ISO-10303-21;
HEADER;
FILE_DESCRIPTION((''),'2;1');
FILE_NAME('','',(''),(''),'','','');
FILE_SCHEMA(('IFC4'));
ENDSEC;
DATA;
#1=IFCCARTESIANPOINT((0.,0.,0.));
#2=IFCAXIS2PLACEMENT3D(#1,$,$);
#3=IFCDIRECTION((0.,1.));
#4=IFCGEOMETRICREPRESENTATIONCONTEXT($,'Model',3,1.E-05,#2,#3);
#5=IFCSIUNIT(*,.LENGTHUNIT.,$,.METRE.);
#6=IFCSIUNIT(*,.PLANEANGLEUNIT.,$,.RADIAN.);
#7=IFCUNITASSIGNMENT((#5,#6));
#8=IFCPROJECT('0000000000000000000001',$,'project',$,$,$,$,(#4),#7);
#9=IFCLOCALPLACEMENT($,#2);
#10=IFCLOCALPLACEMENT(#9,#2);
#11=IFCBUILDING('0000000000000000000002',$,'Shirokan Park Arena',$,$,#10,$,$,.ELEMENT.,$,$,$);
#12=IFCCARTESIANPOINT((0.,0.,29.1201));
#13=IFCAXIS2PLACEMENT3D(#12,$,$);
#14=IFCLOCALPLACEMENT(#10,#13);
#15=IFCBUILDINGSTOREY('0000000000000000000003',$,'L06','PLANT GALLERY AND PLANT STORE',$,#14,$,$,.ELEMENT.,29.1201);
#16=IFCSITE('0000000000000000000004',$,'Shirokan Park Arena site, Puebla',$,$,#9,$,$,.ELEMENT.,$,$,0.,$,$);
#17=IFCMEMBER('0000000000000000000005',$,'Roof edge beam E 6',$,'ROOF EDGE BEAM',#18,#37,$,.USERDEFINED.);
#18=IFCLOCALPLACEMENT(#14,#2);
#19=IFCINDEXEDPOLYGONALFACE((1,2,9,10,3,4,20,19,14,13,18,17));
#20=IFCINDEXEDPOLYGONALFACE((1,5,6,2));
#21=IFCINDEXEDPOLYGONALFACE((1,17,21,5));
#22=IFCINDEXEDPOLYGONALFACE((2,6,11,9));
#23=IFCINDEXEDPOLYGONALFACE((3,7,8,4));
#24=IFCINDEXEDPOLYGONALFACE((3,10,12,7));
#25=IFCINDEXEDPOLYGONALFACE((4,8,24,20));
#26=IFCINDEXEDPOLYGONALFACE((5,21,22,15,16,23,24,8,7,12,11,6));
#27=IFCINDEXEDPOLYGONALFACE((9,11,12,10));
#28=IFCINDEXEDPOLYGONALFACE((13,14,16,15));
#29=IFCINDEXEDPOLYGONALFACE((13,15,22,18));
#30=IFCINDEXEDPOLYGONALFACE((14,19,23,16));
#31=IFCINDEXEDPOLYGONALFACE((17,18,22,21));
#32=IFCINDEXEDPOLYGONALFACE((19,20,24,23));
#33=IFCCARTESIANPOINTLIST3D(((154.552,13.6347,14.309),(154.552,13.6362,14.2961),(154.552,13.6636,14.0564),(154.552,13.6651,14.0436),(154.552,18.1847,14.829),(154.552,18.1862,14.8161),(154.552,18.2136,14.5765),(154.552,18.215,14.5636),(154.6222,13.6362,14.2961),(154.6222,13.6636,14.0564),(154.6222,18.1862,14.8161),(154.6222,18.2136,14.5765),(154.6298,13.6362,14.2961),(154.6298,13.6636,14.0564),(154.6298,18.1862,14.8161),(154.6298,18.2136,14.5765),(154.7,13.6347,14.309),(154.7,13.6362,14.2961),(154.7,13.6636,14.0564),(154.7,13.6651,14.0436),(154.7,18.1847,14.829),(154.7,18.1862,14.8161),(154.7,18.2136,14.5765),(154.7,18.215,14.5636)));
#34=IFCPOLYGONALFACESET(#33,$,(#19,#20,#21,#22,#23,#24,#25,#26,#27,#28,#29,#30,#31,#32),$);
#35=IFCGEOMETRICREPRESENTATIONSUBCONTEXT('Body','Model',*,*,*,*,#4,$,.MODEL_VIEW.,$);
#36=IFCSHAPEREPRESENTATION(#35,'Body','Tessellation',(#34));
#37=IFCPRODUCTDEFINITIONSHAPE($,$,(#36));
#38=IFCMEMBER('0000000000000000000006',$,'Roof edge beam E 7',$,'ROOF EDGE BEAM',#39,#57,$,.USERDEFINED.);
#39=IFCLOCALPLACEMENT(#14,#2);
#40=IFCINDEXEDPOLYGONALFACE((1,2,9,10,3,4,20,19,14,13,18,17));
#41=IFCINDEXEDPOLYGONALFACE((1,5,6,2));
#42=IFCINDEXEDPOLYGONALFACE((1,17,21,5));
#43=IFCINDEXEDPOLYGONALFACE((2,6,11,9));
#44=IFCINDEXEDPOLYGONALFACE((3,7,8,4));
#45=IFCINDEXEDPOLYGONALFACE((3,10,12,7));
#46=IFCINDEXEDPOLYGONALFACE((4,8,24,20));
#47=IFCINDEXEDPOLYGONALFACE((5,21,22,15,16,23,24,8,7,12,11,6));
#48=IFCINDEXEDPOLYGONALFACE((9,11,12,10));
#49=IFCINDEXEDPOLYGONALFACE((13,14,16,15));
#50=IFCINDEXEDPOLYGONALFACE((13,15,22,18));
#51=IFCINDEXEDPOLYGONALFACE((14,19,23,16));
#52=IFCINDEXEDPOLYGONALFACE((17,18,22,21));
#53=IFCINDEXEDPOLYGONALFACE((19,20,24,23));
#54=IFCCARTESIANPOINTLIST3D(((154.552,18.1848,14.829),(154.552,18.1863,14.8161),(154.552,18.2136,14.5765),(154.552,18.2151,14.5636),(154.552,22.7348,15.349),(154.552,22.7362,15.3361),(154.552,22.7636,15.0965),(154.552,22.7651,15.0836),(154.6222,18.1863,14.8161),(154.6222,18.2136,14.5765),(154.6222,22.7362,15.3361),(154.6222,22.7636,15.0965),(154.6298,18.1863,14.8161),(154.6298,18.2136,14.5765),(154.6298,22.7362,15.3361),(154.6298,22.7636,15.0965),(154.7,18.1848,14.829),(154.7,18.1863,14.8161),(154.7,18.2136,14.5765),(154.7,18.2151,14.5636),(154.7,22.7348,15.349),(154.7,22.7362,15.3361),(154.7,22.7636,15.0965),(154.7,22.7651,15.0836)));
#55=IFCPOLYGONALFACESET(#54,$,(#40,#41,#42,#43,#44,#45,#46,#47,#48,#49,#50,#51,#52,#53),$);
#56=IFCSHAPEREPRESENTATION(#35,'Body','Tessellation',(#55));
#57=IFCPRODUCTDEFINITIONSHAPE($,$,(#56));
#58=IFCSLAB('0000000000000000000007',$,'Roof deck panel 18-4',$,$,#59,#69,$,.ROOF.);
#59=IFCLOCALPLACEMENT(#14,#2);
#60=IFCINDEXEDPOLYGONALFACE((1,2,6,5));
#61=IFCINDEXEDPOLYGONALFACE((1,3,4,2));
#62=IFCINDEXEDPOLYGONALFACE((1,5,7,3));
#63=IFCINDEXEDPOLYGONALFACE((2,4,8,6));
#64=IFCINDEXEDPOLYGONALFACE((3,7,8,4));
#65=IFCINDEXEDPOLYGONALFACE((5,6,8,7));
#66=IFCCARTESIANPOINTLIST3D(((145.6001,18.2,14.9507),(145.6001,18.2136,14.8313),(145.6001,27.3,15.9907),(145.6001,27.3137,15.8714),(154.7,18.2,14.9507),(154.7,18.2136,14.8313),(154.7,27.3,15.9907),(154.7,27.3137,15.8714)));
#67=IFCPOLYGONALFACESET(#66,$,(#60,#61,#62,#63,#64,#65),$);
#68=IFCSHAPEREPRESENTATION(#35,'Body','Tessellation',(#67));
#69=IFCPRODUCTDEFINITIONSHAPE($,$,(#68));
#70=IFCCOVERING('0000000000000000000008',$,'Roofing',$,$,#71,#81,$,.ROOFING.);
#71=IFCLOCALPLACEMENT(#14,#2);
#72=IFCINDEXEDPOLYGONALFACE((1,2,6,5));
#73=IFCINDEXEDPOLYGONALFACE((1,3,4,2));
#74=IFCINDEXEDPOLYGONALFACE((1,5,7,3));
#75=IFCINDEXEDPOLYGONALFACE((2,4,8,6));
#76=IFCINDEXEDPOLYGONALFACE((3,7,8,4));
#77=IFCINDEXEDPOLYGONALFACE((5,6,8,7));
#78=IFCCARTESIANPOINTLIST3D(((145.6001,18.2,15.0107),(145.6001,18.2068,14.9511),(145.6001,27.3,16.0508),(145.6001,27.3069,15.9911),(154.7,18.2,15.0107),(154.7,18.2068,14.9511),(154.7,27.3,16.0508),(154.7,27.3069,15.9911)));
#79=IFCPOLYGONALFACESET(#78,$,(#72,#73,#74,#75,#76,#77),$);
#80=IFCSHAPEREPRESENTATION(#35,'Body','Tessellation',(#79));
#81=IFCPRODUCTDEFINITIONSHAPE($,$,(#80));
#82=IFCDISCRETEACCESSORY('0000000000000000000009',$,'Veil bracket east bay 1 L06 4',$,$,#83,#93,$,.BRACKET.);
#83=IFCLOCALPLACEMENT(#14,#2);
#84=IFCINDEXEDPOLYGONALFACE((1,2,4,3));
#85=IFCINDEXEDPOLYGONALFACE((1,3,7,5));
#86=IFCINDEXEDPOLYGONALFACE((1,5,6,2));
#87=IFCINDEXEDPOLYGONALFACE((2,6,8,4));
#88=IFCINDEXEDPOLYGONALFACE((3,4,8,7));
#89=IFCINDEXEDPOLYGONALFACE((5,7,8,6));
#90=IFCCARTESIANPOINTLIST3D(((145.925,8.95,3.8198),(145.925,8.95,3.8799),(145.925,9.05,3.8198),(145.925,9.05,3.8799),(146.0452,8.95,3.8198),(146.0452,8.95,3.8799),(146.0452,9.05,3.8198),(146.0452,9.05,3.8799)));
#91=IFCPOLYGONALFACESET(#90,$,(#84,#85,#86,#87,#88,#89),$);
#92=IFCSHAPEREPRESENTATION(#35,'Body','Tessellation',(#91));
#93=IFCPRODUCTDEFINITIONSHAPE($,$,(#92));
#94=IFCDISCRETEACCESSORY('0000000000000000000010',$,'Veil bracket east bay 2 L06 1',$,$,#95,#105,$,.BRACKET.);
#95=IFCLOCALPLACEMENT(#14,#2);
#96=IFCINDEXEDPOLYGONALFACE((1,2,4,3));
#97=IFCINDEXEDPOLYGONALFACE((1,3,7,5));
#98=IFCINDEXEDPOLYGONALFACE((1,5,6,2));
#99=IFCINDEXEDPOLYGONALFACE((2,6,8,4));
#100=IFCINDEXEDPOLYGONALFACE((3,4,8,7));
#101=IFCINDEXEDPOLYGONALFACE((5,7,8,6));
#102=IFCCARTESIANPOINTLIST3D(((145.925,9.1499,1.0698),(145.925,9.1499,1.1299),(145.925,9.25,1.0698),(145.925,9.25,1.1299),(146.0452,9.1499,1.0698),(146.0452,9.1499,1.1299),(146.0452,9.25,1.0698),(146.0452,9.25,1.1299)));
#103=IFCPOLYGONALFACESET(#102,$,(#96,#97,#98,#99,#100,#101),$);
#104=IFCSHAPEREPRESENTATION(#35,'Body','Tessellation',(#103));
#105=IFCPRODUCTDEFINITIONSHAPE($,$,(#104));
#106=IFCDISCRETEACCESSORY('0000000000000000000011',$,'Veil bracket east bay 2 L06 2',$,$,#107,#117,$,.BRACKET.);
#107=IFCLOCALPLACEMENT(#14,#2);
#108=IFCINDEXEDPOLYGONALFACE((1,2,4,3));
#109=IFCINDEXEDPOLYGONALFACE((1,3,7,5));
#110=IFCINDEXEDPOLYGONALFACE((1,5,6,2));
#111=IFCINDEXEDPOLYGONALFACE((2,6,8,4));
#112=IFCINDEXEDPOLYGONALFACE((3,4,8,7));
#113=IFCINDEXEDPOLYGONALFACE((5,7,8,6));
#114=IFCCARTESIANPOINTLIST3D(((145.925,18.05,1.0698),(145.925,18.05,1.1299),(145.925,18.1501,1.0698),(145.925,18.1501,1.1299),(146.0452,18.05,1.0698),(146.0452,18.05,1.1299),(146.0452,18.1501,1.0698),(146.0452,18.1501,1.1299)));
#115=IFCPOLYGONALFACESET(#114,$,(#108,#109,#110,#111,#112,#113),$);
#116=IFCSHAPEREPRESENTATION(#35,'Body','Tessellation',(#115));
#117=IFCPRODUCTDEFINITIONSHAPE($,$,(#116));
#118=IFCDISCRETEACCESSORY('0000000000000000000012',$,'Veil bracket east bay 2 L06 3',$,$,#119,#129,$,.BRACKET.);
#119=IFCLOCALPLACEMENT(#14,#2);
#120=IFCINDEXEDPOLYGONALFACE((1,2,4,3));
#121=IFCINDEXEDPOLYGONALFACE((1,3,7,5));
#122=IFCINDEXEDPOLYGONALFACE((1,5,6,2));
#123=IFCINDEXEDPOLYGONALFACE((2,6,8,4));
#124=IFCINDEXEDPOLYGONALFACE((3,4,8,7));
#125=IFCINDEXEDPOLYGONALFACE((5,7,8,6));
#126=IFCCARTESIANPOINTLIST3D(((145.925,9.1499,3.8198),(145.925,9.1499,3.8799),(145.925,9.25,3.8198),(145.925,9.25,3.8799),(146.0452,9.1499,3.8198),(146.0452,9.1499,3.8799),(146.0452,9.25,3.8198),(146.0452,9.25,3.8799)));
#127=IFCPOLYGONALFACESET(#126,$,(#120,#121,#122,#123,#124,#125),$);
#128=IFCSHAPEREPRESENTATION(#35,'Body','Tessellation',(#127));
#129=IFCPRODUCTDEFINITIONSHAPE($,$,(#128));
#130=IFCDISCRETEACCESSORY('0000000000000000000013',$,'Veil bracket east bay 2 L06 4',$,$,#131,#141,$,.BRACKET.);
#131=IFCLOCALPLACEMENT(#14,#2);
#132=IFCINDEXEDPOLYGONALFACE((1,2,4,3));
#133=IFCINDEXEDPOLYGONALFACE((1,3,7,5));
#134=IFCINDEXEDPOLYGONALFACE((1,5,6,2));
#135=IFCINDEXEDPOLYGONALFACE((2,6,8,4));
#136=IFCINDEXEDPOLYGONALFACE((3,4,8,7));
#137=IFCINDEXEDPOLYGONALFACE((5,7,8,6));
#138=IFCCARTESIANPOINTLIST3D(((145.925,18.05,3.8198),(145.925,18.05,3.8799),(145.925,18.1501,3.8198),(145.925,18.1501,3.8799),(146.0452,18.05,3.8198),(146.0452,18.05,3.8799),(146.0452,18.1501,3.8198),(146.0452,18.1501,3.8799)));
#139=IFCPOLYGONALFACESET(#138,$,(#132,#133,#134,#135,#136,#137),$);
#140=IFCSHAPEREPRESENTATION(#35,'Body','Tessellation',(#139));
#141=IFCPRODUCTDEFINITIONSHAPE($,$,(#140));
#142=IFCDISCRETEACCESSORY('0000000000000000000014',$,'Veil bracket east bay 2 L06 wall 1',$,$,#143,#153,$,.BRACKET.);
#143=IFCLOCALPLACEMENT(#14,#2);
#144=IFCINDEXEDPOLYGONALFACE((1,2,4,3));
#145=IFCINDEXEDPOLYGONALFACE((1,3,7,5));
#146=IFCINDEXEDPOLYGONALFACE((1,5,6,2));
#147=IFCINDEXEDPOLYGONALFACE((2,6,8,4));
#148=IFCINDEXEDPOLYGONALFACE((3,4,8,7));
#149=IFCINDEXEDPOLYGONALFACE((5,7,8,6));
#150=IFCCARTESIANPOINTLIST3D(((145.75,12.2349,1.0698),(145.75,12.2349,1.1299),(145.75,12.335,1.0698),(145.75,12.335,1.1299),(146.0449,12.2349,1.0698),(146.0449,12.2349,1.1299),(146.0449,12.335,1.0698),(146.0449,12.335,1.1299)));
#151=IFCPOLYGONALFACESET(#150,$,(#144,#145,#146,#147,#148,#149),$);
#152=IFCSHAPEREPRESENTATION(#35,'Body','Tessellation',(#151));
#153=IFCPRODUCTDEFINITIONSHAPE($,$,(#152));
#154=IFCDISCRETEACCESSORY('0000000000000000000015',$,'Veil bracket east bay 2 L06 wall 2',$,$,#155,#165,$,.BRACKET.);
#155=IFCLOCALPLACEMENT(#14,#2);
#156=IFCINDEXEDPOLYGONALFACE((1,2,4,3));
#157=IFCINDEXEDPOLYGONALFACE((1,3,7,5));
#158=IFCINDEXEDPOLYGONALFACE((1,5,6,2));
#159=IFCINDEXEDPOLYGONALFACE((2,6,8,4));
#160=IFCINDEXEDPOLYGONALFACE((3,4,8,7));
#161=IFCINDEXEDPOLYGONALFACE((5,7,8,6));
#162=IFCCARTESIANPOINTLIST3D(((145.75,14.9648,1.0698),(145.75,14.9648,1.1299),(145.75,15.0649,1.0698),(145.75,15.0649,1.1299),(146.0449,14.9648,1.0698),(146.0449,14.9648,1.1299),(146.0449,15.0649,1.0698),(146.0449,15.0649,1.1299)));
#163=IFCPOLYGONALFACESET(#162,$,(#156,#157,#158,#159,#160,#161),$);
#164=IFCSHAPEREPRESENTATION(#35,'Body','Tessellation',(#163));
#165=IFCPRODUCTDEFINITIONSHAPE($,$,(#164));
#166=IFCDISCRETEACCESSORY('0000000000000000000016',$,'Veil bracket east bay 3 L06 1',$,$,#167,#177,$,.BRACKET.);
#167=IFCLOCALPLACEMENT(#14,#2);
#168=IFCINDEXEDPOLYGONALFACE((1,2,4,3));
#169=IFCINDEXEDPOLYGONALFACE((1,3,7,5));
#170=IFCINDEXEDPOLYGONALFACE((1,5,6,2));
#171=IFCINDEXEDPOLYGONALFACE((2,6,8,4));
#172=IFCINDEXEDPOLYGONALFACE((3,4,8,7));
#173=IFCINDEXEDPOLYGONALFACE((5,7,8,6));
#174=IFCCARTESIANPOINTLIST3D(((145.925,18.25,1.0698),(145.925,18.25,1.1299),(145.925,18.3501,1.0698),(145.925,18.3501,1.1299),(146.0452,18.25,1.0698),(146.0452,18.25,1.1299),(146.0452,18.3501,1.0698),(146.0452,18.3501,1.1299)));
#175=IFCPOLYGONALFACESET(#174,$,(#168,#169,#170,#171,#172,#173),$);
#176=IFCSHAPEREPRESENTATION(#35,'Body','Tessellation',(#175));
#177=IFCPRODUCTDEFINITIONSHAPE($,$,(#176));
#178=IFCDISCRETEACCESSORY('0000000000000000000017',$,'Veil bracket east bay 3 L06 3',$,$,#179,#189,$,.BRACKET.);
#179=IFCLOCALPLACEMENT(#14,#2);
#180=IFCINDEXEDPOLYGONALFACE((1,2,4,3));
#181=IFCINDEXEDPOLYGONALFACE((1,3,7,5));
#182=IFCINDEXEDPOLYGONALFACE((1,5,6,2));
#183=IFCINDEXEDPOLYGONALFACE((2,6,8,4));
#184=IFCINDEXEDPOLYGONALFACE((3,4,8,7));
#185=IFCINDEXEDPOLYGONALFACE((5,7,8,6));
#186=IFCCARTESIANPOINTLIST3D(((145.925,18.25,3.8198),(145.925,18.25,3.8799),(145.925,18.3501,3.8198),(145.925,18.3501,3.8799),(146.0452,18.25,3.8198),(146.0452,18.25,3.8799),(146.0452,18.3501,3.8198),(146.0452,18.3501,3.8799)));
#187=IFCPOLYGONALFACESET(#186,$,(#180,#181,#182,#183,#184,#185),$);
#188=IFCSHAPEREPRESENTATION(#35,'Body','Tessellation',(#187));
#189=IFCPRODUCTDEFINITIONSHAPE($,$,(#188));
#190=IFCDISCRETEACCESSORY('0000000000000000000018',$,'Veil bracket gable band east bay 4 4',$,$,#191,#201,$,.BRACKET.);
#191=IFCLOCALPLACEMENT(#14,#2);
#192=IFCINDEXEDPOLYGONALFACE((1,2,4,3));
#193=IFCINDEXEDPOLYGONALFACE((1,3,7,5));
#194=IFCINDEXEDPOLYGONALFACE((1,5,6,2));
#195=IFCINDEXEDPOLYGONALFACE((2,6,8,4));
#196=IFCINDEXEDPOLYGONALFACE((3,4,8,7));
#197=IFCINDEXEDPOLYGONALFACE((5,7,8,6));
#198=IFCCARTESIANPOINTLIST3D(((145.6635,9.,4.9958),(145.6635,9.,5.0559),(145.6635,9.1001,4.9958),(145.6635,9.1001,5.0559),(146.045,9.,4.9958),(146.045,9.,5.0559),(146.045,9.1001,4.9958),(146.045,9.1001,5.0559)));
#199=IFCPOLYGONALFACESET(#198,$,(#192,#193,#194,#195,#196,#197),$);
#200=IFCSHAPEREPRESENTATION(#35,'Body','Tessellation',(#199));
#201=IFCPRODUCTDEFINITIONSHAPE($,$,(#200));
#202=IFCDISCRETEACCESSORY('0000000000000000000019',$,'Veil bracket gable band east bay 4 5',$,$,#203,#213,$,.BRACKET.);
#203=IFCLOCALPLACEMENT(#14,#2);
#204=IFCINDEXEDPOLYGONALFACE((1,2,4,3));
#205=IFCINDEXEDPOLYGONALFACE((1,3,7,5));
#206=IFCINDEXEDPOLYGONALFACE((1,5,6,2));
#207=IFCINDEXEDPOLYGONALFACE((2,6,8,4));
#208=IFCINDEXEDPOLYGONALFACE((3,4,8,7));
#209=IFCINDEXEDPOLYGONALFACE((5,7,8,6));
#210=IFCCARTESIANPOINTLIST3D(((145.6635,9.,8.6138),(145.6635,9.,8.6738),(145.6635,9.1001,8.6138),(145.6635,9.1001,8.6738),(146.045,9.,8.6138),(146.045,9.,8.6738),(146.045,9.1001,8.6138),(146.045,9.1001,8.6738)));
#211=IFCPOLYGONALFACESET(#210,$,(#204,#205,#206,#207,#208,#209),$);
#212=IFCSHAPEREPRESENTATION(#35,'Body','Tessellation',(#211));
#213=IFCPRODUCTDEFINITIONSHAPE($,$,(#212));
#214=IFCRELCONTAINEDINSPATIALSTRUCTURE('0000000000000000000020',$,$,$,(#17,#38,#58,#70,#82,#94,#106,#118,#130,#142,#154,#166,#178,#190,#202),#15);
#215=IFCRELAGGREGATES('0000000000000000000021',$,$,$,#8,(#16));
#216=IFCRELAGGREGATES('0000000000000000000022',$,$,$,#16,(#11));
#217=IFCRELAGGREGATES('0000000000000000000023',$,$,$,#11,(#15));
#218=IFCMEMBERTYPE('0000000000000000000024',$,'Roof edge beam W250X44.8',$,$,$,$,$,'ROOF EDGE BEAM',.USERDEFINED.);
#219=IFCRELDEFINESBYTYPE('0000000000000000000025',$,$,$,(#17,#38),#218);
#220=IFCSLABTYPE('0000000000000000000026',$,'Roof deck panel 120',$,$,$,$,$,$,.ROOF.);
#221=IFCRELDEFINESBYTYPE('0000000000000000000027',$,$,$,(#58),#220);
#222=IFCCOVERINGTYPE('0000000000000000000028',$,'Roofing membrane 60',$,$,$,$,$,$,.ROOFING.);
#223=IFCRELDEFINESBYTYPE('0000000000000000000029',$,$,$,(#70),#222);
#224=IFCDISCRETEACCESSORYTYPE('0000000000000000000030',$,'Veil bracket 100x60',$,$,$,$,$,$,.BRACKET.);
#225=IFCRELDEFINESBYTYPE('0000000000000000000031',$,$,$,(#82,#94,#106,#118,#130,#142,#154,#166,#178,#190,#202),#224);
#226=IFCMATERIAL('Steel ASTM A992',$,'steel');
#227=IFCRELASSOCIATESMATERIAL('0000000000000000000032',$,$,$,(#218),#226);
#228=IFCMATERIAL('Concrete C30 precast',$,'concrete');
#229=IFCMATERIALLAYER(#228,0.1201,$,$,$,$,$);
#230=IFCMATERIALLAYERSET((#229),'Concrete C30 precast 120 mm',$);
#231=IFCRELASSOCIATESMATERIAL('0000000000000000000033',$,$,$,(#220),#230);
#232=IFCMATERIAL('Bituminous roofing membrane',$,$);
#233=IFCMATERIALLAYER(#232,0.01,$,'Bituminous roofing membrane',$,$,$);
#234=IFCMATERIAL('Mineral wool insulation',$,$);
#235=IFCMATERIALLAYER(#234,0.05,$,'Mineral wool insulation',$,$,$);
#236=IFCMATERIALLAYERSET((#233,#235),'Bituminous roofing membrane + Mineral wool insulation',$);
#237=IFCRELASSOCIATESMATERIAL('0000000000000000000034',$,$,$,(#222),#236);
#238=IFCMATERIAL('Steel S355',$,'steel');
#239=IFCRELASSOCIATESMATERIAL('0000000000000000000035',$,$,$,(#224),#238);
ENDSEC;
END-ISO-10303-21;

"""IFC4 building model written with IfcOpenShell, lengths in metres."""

from ifc_helpers import new_model, si_unit, direction, frame, origin, origin_2d, place, context, subcontext, project, spatial, polyline, rectangle, i_section, outline, extrude, material, layer, layer_set, material_profile, profile_set, type_object, element, save


model = new_model("IFC4")

# Units and contexts
model_context = context("Model", 3, precision=1e-05, world=origin(), true_north=direction((0.0, 1.0)))
body_context = subcontext(model_context, "Body", "Model", "MODEL_VIEW")
ifc_project = project(units=[si_unit("LENGTHUNIT", "METRE"), si_unit("PLANEANGLEUNIT", "RADIAN")], contexts=[model_context])

# Site, building, storey
site_placement = place(None, origin())
site = spatial("IfcSite", under=ifc_project, at=site_placement, Name="Shirokan Park Arena site, Puebla", CompositionType="ELEMENT", RefElevation=0.0)
building_placement = place(site_placement, origin())
building = spatial("IfcBuilding", under=site, at=building_placement, Name="Shirokan Park Arena", CompositionType="ELEMENT")
storey_placement = place(building_placement, frame((0.0, 0.0, 29.1201)))
storey = spatial("IfcBuildingStorey", under=building, at=storey_placement, Name="L06", Description="PLANT GALLERY AND PLANT STORE", CompositionType="ELEMENT", Elevation=29.1201)

# Shared definitions
ifc_material_1 = material(Name="Steel ASTM A992", Category="steel")

# Members
ifc_material_profile_1 = material_profile(ifc_material_1, i_section(OverallWidth=0.1479, OverallDepth=0.2671, WebThickness=0.0076, FlangeThickness=0.0129, at=origin_2d()), Name="W250X44.8")
ifc_profile_set_1 = profile_set([ifc_material_profile_1], Name="Steel ASTM A992")
member_type_1 = type_object("IfcMemberType", Name="Roof edge beam W250X44.8", ElementType="ROOF EDGE BEAM", PredefinedType="USERDEFINED", material=ifc_profile_set_1)
for number, where, z_axis, x_axis, name in (
    (1, (154.626, 13.6499, 14.1763), (0.0, 0.993532, 0.11355), (-1.0, 0.0, 0.0), "Roof edge beam E 6"),
    (2, (154.626, 18.2, 14.6963), (0.0, 0.993532, 0.11355), (-1.0, 0.0, 0.0), "Roof edge beam E 7"),
):
    element("IfcMember", number, at=place(storey_placement, frame(where, z_axis=z_axis, x_axis=x_axis)), inside=storey, type_object=member_type_1, Name=name, ObjectType="ROOF EDGE BEAM", PredefinedType="USERDEFINED", context=body_context, shape_type="SweptSolid", body=[
        extrude(i_section(OverallWidth=0.1479, OverallDepth=0.2671, WebThickness=0.0076, FlangeThickness=0.0129, at=origin_2d()), origin(), (0.0, 0.0, 1.0), 4.5796),
    ])

# Slab
ifc_material_2 = material(Name="Concrete C30 precast", Category="concrete")
ifc_layer_1 = layer(ifc_material_2, 0.1201)
ifc_layer_set_1 = layer_set([ifc_layer_1], Name="Concrete C30 precast 120 mm")
slab_type = type_object("IfcSlabType", Name="Roof deck panel 120", PredefinedType="ROOF", material=ifc_layer_set_1)
slab_placement = place(storey_placement, frame((145.6001, 18.2, 14.9507), z_axis=(0.0, -0.11355, 0.993532), x_axis=(1.0, 0.0, 0.0)))
element("IfcSlab", 3, at=slab_placement, inside=storey, type_object=slab_type, Name="Roof deck panel 18-4", PredefinedType="ROOF", context=body_context, shape_type="SweptSolid", body=[
    extrude(outline(polyline([(0.0, 0.0), (9.0999, 0.0), (9.0999, 9.1593), (0.0, 9.1593), (0.0, 0.0)])), origin(), (0.0, 0.0, -1.0), 0.1201),
])

# Covering
ifc_material_3 = material(Name="Bituminous roofing membrane")
ifc_layer_2 = layer(ifc_material_3, 0.01, Name="Bituminous roofing membrane")
ifc_material_4 = material(Name="Mineral wool insulation")
ifc_layer_3 = layer(ifc_material_4, 0.05, Name="Mineral wool insulation")
ifc_layer_set_2 = layer_set([ifc_layer_2, ifc_layer_3], Name="Bituminous roofing membrane + Mineral wool insulation")
covering_type = type_object("IfcCoveringType", Name="Roofing membrane 60", PredefinedType="ROOFING", material=ifc_layer_set_2)
covering_placement = place(storey_placement, frame((145.6001, 18.2, 15.0107), z_axis=(0.0, -0.11355, 0.993532), x_axis=(1.0, 0.0, 0.0)))
element("IfcCovering", 4, at=covering_placement, inside=storey, type_object=covering_type, Name="Roofing", PredefinedType="ROOFING", context=body_context, shape_type="SweptSolid", body=[
    extrude(outline(polyline([(0.0, 0.0), (9.0999, 0.0), (9.0999, 9.1593), (0.0, 9.1593), (0.0, 0.0)])), origin(), (0.0, 0.0, -1.0), 0.0601),
])

# Discrete accessories
ifc_material_5 = material(Name="Steel S355", Category="steel")
discrete_accessory_type = type_object("IfcDiscreteAccessoryType", Name="Veil bracket 100x60", PredefinedType="BRACKET", material=ifc_material_5)
for number, where, z_axis, x_axis, name in (
    (5, (145.9851, 9.0, 3.8198), (0.0, 0.0, 1.0), (0.0, 1.0, 0.0), "Veil bracket east bay 1 L06 4"),
    (6, (145.9851, 9.2, 1.0698), (0.0, 0.0, 1.0), (0.0, 1.0, 0.0), "Veil bracket east bay 2 L06 1"),
    (7, (145.9851, 18.1001, 1.0698), (0.0, 0.0, 1.0), (0.0, 1.0, 0.0), "Veil bracket east bay 2 L06 2"),
    (8, (145.9851, 9.2, 3.8198), (0.0, 0.0, 1.0), (0.0, 1.0, 0.0), "Veil bracket east bay 2 L06 3"),
    (9, (145.9851, 18.1001, 3.8198), (0.0, 0.0, 1.0), (0.0, 1.0, 0.0), "Veil bracket east bay 2 L06 4"),
):
    element("IfcDiscreteAccessory", number, at=place(storey_placement, frame(where, z_axis=z_axis, x_axis=x_axis)), inside=storey, type_object=discrete_accessory_type, Name=name, PredefinedType="BRACKET", context=body_context, shape_type="SweptSolid", body=[
        extrude(rectangle(XDim=0.1001, YDim=0.1201, at=origin_2d()), origin(), (0.0, 0.0, 1.0), 0.0601),
    ])
for number, where, z_axis, x_axis, name in (
    (10, (145.8975, 12.2849, 1.0698), (0.0, 0.0, 1.0), (0.0, 1.0, 0.0), "Veil bracket east bay 2 L06 wall 1"),
    (11, (145.8975, 15.0149, 1.0698), (0.0, 0.0, 1.0), (0.0, 1.0, 0.0), "Veil bracket east bay 2 L06 wall 2"),
):
    element("IfcDiscreteAccessory", number, at=place(storey_placement, frame(where, z_axis=z_axis, x_axis=x_axis)), inside=storey, type_object=discrete_accessory_type, Name=name, PredefinedType="BRACKET", context=body_context, shape_type="SweptSolid", body=[
        extrude(rectangle(XDim=0.1001, YDim=0.2949, at=origin_2d()), origin(), (0.0, 0.0, 1.0), 0.0601),
    ])
for number, where, z_axis, x_axis, name in (
    (12, (145.9851, 18.3, 1.0698), (0.0, 0.0, 1.0), (0.0, 1.0, 0.0), "Veil bracket east bay 3 L06 1"),
    (13, (145.9851, 18.3, 3.8198), (0.0, 0.0, 1.0), (0.0, 1.0, 0.0), "Veil bracket east bay 3 L06 3"),
):
    element("IfcDiscreteAccessory", number, at=place(storey_placement, frame(where, z_axis=z_axis, x_axis=x_axis)), inside=storey, type_object=discrete_accessory_type, Name=name, PredefinedType="BRACKET", context=body_context, shape_type="SweptSolid", body=[
        extrude(rectangle(XDim=0.1001, YDim=0.1201, at=origin_2d()), origin(), (0.0, 0.0, 1.0), 0.0601),
    ])
for number, where, z_axis, x_axis, name in (
    (14, (145.8542, 9.05, 4.9958), (0.0, 0.0, 1.0), (1.0, 0.0, 0.0), "Veil bracket gable band east bay 4 4"),
    (15, (145.8542, 9.05, 8.6138), (0.0, 0.0, 1.0), (1.0, 0.0, 0.0), "Veil bracket gable band east bay 4 5"),
):
    element("IfcDiscreteAccessory", number, at=place(storey_placement, frame(where, z_axis=z_axis, x_axis=x_axis)), inside=storey, type_object=discrete_accessory_type, Name=name, PredefinedType="BRACKET", context=body_context, shape_type="SweptSolid", body=[
        extrude(rectangle(XDim=0.3816, YDim=0.1001, at=origin_2d()), origin(), (0.0, 0.0, 1.0), 0.0601),
    ])

save(model, "model.ifc")
